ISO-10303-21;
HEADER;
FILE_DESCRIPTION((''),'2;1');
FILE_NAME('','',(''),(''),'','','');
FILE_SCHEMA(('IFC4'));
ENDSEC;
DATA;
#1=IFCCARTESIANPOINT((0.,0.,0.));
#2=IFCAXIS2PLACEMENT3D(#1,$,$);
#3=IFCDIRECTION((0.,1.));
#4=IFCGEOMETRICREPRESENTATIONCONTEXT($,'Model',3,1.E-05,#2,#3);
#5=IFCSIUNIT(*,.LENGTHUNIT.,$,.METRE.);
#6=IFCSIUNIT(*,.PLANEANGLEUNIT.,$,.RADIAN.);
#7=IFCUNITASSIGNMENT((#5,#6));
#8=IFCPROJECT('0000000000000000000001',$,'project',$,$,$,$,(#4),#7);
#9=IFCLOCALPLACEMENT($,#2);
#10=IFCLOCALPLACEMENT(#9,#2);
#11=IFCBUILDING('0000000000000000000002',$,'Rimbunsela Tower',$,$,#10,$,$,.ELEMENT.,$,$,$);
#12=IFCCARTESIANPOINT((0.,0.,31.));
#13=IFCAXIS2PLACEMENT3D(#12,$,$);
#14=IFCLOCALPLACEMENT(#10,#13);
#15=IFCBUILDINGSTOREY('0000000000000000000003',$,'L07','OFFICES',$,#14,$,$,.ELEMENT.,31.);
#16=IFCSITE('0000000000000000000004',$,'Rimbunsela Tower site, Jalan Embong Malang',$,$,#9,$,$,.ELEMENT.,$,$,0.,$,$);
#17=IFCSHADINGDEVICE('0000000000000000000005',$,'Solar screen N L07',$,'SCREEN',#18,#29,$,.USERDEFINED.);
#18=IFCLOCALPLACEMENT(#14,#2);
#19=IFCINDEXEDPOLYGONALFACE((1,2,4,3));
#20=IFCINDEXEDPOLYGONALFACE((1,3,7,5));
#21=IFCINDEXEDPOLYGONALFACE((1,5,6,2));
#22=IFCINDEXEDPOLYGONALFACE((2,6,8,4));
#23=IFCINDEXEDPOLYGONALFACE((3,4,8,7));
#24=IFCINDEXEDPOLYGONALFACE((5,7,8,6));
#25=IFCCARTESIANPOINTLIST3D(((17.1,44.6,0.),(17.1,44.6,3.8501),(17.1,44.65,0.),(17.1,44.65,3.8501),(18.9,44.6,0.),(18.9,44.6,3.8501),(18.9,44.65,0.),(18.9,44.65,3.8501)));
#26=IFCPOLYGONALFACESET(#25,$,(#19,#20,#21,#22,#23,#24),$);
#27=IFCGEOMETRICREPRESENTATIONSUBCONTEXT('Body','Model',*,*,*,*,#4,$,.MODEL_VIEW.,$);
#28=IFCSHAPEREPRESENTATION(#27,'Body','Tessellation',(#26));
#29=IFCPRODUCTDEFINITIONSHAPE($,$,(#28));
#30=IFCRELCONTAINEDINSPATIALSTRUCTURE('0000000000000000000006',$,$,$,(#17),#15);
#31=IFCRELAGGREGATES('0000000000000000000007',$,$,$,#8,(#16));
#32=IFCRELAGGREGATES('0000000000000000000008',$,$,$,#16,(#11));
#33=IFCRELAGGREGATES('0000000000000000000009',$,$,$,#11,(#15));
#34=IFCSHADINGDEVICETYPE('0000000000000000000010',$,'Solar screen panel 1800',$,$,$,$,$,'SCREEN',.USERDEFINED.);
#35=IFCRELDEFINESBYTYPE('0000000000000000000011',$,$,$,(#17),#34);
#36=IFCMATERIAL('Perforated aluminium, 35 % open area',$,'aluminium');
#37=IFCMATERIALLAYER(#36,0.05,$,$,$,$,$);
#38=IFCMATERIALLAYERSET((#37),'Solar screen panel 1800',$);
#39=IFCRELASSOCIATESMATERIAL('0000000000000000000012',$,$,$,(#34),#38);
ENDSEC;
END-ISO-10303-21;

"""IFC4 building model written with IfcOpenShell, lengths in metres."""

from ifc_helpers import new_model, si_unit, direction, frame, origin, origin_2d, place, context, subcontext, project, spatial, rectangle, extrude, material, layer, layer_set, type_object, element, save


model = new_model("IFC4")

# Units and contexts
model_context = context("Model", 3, precision=1e-05, world=origin(), true_north=direction((0.0, 1.0)))
body_context = subcontext(model_context, "Body", "Model", "MODEL_VIEW")
ifc_project = project(units=[si_unit("LENGTHUNIT", "METRE"), si_unit("PLANEANGLEUNIT", "RADIAN")], contexts=[model_context])

# Site, building, storey
site_placement = place(None, origin())
site = spatial("IfcSite", under=ifc_project, at=site_placement, Name="Rimbunsela Tower site, Jalan Embong Malang", CompositionType="ELEMENT", RefElevation=0.0)
building_placement = place(site_placement, origin())
building = spatial("IfcBuilding", under=site, at=building_placement, Name="Rimbunsela Tower", CompositionType="ELEMENT")
storey_placement = place(building_placement, frame((0.0, 0.0, 31.0)))
storey = spatial("IfcBuildingStorey", under=building, at=storey_placement, Name="L07", Description="OFFICES", CompositionType="ELEMENT", Elevation=31.0)

# Shading device
ifc_material_1 = material(Name="Perforated aluminium, 35 % open area", Category="aluminium")
ifc_layer_1 = layer(ifc_material_1, 0.05)
ifc_layer_set_1 = layer_set([ifc_layer_1], Name="Solar screen panel 1800")
shading_device_type = type_object("IfcShadingDeviceType", Name="Solar screen panel 1800", ElementType="SCREEN", PredefinedType="USERDEFINED", material=ifc_layer_set_1)
for number, where, z_axis, x_axis, name in (
    (1, (18.0, 44.625, 0.0), (0.0, 0.0, 1.0), (1.0, 0.0, 0.0), "Solar screen N L07"),
):
    element("IfcShadingDevice", number, at=place(storey_placement, frame(where, z_axis=z_axis, x_axis=x_axis)), inside=storey, type_object=shading_device_type, Name=name, ObjectType="SCREEN", PredefinedType="USERDEFINED", context=body_context, shape_type="SweptSolid", body=[
        extrude(rectangle(XDim=1.8, YDim=0.05, at=origin_2d()), origin(), (0.0, 0.0, 1.0), 3.8501),
    ])

save(model, "model.ifc")
